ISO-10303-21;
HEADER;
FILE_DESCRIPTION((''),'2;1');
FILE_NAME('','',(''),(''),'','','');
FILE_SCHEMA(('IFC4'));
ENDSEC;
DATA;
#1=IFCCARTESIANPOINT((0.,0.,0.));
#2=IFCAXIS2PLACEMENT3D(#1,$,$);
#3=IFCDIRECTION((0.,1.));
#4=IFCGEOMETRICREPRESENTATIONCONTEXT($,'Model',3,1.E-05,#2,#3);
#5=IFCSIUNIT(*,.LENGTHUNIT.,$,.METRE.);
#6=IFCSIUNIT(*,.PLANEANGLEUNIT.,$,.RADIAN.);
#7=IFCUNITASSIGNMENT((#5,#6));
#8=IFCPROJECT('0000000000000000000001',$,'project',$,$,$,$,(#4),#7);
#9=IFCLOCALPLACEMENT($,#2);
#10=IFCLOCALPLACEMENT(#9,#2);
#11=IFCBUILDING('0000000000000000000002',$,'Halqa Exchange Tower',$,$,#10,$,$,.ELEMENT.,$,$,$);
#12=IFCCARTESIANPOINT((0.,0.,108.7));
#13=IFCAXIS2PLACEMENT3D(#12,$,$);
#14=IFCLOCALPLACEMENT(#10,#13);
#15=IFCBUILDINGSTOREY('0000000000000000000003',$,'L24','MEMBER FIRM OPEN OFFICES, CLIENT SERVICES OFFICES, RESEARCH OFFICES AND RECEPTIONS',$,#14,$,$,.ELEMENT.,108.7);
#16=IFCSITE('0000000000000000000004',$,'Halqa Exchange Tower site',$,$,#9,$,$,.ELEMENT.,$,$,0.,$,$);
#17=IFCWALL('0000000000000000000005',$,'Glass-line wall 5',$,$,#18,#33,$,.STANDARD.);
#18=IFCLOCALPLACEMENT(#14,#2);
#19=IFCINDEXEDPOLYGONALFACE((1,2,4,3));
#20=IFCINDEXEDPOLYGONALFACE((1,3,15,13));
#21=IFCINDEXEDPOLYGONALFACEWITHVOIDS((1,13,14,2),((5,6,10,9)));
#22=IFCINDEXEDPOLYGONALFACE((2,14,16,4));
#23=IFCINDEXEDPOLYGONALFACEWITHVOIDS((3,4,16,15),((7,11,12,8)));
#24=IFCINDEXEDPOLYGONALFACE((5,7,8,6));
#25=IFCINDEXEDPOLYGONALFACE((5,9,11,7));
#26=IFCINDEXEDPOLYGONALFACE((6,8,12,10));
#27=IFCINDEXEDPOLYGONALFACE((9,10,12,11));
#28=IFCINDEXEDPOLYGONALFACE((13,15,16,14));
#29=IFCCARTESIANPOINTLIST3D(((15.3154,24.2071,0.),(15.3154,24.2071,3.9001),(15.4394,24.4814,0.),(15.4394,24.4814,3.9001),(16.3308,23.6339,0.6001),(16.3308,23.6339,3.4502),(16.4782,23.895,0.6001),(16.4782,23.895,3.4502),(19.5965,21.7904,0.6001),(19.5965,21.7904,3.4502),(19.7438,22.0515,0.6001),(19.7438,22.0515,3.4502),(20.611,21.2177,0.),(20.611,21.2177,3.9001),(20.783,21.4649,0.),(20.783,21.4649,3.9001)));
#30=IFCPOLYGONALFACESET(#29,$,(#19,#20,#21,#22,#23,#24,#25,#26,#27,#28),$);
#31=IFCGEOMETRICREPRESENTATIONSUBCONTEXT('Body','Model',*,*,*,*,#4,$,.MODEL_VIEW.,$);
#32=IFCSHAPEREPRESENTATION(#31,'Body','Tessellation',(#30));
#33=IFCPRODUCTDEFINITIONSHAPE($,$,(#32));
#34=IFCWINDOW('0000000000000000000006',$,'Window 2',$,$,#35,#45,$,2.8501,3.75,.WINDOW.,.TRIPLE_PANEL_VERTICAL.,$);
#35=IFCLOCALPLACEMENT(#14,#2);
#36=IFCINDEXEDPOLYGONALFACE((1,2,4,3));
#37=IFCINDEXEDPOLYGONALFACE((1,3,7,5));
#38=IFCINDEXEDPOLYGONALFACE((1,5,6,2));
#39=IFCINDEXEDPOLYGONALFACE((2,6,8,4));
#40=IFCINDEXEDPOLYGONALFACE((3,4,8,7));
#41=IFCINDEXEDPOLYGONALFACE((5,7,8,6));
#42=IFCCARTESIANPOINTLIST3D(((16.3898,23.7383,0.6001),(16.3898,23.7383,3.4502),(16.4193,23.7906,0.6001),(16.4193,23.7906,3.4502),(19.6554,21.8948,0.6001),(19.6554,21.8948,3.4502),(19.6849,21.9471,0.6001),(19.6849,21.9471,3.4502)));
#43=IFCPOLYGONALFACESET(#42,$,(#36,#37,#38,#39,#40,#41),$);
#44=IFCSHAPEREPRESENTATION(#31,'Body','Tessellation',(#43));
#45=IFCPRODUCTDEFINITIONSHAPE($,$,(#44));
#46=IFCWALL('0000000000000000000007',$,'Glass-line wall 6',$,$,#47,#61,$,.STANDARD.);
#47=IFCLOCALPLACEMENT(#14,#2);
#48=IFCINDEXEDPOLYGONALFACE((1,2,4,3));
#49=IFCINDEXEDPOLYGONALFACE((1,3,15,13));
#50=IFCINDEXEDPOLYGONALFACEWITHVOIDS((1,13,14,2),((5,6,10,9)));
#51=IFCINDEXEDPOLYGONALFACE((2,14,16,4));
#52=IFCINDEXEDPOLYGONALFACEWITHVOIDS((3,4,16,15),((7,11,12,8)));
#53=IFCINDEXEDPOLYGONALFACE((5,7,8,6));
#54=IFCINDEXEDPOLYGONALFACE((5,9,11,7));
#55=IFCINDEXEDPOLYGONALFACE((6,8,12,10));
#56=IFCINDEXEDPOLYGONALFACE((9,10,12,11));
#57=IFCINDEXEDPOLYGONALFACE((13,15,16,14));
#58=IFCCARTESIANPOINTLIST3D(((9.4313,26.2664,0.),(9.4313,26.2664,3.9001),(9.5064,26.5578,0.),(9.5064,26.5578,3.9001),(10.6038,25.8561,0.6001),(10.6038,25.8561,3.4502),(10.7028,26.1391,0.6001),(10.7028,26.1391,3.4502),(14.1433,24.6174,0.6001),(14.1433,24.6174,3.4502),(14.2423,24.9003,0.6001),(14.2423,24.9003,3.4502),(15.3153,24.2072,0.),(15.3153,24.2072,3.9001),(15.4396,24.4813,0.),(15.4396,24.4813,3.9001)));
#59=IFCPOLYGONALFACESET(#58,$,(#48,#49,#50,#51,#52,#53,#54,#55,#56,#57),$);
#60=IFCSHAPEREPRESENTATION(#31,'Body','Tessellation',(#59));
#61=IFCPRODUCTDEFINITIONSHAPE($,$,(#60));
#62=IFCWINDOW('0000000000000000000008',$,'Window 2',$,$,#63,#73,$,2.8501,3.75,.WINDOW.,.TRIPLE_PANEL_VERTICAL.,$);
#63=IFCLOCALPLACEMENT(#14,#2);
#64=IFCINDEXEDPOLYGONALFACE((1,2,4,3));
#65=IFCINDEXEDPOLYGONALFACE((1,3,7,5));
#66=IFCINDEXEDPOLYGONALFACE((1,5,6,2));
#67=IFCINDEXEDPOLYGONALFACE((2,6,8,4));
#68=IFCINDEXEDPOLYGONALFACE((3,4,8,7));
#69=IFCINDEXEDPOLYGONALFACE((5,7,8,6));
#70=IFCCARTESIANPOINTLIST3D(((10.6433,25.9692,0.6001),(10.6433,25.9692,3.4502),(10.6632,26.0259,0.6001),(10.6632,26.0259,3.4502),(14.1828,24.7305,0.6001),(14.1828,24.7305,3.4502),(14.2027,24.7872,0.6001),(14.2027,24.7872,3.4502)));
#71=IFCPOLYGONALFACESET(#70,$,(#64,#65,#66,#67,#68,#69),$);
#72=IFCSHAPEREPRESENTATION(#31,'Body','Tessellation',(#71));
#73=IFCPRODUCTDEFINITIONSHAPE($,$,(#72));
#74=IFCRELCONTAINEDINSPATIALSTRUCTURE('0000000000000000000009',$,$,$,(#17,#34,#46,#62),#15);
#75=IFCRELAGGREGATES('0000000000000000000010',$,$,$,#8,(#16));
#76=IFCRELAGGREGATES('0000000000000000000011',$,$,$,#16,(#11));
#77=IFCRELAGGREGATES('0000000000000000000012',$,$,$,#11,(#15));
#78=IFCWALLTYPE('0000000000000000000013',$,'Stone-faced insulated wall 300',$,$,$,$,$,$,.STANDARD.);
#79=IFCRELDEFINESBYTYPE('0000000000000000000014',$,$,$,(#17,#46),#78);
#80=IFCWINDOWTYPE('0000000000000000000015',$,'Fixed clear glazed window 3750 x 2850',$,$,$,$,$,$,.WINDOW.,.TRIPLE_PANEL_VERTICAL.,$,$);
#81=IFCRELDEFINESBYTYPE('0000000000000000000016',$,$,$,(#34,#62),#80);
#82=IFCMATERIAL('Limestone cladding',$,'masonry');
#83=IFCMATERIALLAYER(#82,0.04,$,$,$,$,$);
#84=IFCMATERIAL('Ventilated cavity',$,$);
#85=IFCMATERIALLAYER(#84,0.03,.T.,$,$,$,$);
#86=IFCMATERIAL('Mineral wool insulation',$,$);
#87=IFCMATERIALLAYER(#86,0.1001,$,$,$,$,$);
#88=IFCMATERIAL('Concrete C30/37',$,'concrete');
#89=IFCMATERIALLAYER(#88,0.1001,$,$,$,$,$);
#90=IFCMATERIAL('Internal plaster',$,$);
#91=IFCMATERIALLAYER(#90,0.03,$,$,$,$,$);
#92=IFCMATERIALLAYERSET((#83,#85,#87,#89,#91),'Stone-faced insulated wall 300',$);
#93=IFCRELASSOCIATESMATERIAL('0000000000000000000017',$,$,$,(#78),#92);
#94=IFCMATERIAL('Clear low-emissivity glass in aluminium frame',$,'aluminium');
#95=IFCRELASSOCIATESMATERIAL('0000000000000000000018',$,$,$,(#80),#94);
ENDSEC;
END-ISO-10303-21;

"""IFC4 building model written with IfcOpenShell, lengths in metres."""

from ifc_helpers import new_model, si_unit, direction, frame, frame_2d, origin, place, context, subcontext, project, spatial, polyline, rectangle, outline, extrude, material, layer, layer_set, type_object, element, fill, save


model = new_model("IFC4")

# Units and contexts
model_context = context("Model", 3, precision=1e-05, world=origin(), true_north=direction((0.0, 1.0)))
body_context = subcontext(model_context, "Body", "Model", "MODEL_VIEW")
ifc_project = project(units=[si_unit("LENGTHUNIT", "METRE"), si_unit("PLANEANGLEUNIT", "RADIAN")], contexts=[model_context])

# Site, building, storey
site_placement = place(None, origin())
site = spatial("IfcSite", under=ifc_project, at=site_placement, Name="Halqa Exchange Tower site", CompositionType="ELEMENT", RefElevation=0.0)
building_placement = place(site_placement, origin())
building = spatial("IfcBuilding", under=site, at=building_placement, Name="Halqa Exchange Tower", CompositionType="ELEMENT")
storey_placement = place(building_placement, frame((0.0, 0.0, 108.7)))
storey = spatial("IfcBuildingStorey", under=building, at=storey_placement, Name="L24", Description="MEMBER FIRM OPEN OFFICES, CLIENT SERVICES OFFICES, RESEARCH OFFICES AND RECEPTIONS", CompositionType="ELEMENT", Elevation=108.7)

# Shared definitions
ifc_material_1 = material(Name="Limestone cladding", Category="masonry")
ifc_layer_1 = layer(ifc_material_1, 0.04)
ifc_material_2 = material(Name="Ventilated cavity")
ifc_layer_2 = layer(ifc_material_2, 0.03, ventilated=True)
ifc_material_3 = material(Name="Mineral wool insulation")
ifc_layer_3 = layer(ifc_material_3, 0.1001)
ifc_material_4 = material(Name="Concrete C30/37", Category="concrete")
ifc_layer_4 = layer(ifc_material_4, 0.1001)
ifc_material_5 = material(Name="Internal plaster")
ifc_layer_5 = layer(ifc_material_5, 0.03)
ifc_layer_set = layer_set([ifc_layer_1, ifc_layer_2, ifc_layer_3, ifc_layer_4, ifc_layer_5], Name="Stone-faced insulated wall 300")
wall_type = type_object("IfcWallType", Name="Stone-faced insulated wall 300", PredefinedType="STANDARD", material=ifc_layer_set)
ifc_material_6 = material(Name="Clear low-emissivity glass in aluminium frame", Category="aluminium")
window_type = type_object("IfcWindowType", Name="Fixed clear glazed window 3750 x 2850", PartitioningType="TRIPLE_PANEL_VERTICAL", PredefinedType="WINDOW", material=ifc_material_6)

# Walls, openings, windows
wall_1_placement = place(storey_placement, frame((20.697, 21.3413, 0.0), z_axis=(0.0, 0.0, 1.0), x_axis=(-0.870828, 0.491587, 0.0)))
wall_1 = element("IfcWall", 1, at=wall_1_placement, inside=storey, type_object=wall_type, Name="Glass-line wall 5", PredefinedType="STANDARD", context=body_context, shape_type="SweptSolid", body=[
    extrude(outline(polyline([(-0.0142, -0.1499), (6.1221, -0.1499), (6.0952, 0.1499), (0.0142, 0.1499), (-0.0142, -0.1499)])), origin(), (0.0, 0.0, 1.0), 3.9001),
])
opening_1_placement = place(wall_1_placement, frame((1.1792, 0.0, 0.6001)))
opening_1 = element("IfcOpeningElement", 2, at=opening_1_placement, cuts=wall_1, PredefinedType="OPENING", context=body_context, shape_type="SweptSolid", body=[
    extrude(rectangle(XDim=3.75, YDim=2.8501, at=frame_2d((1.875, 1.425))), frame((0.0, 0.1621, 0.0), z_axis=(0.0, -1.0, 0.0), x_axis=(1.0, 0.0, 0.0)), (0.0, 0.0, 1.0), 0.324),
])
window_1_placement = place(opening_1_placement, origin())
window_1 = element("IfcWindow", 3, at=window_1_placement, inside=storey, type_object=window_type, Name="Window 2", OverallHeight=2.8501, OverallWidth=3.75, PartitioningType="TRIPLE_PANEL_VERTICAL", PredefinedType="WINDOW", context=body_context, shape_type="SweptSolid", body=[
    extrude(rectangle(XDim=3.75, YDim=2.8501, at=frame_2d((1.875, 1.425))), frame((0.0, 0.03, 0.0), z_axis=(0.0, -1.0, 0.0), x_axis=(1.0, 0.0, 0.0)), (0.0, 0.0, 1.0), 0.0601),
])
fill(opening_1, window_1)
wall_2_placement = place(storey_placement, frame((15.3774, 24.3442, 0.0), z_axis=(0.0, 0.0, 1.0), x_axis=(-0.943867, 0.330326, 0.0)))
wall_2 = element("IfcWall", 4, at=wall_2_placement, inside=storey, type_object=wall_type, Name="Glass-line wall 6", PredefinedType="STANDARD", context=body_context, shape_type="SweptSolid", body=[
    extrude(outline(polyline([(-0.0134, -0.1499), (6.2727, -0.1499), (6.2473, 0.1499), (0.0134, 0.1499), (-0.0134, -0.1499)])), origin(), (0.0, 0.0, 1.0), 3.9001),
])
opening_2_placement = place(wall_2_placement, frame((1.2551, 0.0, 0.6001)))
opening_2 = element("IfcOpeningElement", 5, at=opening_2_placement, cuts=wall_2, PredefinedType="OPENING", context=body_context, shape_type="SweptSolid", body=[
    extrude(rectangle(XDim=3.75, YDim=2.8501, at=frame_2d((1.875, 1.425))), frame((0.0, 0.1621, 0.0), z_axis=(0.0, -1.0, 0.0), x_axis=(1.0, 0.0, 0.0)), (0.0, 0.0, 1.0), 0.324),
])
window_2_placement = place(opening_2_placement, origin())
window_2 = element("IfcWindow", 6, at=window_2_placement, inside=storey, type_object=window_type, Name="Window 2", OverallHeight=2.8501, OverallWidth=3.75, PartitioningType="TRIPLE_PANEL_VERTICAL", PredefinedType="WINDOW", context=body_context, shape_type="SweptSolid", body=[
    extrude(rectangle(XDim=3.75, YDim=2.8501, at=frame_2d((1.875, 1.425))), frame((0.0, 0.03, 0.0), z_axis=(0.0, -1.0, 0.0), x_axis=(1.0, 0.0, 0.0)), (0.0, 0.0, 1.0), 0.0601),
])
fill(opening_2, window_2)

save(model, "model.ifc")
